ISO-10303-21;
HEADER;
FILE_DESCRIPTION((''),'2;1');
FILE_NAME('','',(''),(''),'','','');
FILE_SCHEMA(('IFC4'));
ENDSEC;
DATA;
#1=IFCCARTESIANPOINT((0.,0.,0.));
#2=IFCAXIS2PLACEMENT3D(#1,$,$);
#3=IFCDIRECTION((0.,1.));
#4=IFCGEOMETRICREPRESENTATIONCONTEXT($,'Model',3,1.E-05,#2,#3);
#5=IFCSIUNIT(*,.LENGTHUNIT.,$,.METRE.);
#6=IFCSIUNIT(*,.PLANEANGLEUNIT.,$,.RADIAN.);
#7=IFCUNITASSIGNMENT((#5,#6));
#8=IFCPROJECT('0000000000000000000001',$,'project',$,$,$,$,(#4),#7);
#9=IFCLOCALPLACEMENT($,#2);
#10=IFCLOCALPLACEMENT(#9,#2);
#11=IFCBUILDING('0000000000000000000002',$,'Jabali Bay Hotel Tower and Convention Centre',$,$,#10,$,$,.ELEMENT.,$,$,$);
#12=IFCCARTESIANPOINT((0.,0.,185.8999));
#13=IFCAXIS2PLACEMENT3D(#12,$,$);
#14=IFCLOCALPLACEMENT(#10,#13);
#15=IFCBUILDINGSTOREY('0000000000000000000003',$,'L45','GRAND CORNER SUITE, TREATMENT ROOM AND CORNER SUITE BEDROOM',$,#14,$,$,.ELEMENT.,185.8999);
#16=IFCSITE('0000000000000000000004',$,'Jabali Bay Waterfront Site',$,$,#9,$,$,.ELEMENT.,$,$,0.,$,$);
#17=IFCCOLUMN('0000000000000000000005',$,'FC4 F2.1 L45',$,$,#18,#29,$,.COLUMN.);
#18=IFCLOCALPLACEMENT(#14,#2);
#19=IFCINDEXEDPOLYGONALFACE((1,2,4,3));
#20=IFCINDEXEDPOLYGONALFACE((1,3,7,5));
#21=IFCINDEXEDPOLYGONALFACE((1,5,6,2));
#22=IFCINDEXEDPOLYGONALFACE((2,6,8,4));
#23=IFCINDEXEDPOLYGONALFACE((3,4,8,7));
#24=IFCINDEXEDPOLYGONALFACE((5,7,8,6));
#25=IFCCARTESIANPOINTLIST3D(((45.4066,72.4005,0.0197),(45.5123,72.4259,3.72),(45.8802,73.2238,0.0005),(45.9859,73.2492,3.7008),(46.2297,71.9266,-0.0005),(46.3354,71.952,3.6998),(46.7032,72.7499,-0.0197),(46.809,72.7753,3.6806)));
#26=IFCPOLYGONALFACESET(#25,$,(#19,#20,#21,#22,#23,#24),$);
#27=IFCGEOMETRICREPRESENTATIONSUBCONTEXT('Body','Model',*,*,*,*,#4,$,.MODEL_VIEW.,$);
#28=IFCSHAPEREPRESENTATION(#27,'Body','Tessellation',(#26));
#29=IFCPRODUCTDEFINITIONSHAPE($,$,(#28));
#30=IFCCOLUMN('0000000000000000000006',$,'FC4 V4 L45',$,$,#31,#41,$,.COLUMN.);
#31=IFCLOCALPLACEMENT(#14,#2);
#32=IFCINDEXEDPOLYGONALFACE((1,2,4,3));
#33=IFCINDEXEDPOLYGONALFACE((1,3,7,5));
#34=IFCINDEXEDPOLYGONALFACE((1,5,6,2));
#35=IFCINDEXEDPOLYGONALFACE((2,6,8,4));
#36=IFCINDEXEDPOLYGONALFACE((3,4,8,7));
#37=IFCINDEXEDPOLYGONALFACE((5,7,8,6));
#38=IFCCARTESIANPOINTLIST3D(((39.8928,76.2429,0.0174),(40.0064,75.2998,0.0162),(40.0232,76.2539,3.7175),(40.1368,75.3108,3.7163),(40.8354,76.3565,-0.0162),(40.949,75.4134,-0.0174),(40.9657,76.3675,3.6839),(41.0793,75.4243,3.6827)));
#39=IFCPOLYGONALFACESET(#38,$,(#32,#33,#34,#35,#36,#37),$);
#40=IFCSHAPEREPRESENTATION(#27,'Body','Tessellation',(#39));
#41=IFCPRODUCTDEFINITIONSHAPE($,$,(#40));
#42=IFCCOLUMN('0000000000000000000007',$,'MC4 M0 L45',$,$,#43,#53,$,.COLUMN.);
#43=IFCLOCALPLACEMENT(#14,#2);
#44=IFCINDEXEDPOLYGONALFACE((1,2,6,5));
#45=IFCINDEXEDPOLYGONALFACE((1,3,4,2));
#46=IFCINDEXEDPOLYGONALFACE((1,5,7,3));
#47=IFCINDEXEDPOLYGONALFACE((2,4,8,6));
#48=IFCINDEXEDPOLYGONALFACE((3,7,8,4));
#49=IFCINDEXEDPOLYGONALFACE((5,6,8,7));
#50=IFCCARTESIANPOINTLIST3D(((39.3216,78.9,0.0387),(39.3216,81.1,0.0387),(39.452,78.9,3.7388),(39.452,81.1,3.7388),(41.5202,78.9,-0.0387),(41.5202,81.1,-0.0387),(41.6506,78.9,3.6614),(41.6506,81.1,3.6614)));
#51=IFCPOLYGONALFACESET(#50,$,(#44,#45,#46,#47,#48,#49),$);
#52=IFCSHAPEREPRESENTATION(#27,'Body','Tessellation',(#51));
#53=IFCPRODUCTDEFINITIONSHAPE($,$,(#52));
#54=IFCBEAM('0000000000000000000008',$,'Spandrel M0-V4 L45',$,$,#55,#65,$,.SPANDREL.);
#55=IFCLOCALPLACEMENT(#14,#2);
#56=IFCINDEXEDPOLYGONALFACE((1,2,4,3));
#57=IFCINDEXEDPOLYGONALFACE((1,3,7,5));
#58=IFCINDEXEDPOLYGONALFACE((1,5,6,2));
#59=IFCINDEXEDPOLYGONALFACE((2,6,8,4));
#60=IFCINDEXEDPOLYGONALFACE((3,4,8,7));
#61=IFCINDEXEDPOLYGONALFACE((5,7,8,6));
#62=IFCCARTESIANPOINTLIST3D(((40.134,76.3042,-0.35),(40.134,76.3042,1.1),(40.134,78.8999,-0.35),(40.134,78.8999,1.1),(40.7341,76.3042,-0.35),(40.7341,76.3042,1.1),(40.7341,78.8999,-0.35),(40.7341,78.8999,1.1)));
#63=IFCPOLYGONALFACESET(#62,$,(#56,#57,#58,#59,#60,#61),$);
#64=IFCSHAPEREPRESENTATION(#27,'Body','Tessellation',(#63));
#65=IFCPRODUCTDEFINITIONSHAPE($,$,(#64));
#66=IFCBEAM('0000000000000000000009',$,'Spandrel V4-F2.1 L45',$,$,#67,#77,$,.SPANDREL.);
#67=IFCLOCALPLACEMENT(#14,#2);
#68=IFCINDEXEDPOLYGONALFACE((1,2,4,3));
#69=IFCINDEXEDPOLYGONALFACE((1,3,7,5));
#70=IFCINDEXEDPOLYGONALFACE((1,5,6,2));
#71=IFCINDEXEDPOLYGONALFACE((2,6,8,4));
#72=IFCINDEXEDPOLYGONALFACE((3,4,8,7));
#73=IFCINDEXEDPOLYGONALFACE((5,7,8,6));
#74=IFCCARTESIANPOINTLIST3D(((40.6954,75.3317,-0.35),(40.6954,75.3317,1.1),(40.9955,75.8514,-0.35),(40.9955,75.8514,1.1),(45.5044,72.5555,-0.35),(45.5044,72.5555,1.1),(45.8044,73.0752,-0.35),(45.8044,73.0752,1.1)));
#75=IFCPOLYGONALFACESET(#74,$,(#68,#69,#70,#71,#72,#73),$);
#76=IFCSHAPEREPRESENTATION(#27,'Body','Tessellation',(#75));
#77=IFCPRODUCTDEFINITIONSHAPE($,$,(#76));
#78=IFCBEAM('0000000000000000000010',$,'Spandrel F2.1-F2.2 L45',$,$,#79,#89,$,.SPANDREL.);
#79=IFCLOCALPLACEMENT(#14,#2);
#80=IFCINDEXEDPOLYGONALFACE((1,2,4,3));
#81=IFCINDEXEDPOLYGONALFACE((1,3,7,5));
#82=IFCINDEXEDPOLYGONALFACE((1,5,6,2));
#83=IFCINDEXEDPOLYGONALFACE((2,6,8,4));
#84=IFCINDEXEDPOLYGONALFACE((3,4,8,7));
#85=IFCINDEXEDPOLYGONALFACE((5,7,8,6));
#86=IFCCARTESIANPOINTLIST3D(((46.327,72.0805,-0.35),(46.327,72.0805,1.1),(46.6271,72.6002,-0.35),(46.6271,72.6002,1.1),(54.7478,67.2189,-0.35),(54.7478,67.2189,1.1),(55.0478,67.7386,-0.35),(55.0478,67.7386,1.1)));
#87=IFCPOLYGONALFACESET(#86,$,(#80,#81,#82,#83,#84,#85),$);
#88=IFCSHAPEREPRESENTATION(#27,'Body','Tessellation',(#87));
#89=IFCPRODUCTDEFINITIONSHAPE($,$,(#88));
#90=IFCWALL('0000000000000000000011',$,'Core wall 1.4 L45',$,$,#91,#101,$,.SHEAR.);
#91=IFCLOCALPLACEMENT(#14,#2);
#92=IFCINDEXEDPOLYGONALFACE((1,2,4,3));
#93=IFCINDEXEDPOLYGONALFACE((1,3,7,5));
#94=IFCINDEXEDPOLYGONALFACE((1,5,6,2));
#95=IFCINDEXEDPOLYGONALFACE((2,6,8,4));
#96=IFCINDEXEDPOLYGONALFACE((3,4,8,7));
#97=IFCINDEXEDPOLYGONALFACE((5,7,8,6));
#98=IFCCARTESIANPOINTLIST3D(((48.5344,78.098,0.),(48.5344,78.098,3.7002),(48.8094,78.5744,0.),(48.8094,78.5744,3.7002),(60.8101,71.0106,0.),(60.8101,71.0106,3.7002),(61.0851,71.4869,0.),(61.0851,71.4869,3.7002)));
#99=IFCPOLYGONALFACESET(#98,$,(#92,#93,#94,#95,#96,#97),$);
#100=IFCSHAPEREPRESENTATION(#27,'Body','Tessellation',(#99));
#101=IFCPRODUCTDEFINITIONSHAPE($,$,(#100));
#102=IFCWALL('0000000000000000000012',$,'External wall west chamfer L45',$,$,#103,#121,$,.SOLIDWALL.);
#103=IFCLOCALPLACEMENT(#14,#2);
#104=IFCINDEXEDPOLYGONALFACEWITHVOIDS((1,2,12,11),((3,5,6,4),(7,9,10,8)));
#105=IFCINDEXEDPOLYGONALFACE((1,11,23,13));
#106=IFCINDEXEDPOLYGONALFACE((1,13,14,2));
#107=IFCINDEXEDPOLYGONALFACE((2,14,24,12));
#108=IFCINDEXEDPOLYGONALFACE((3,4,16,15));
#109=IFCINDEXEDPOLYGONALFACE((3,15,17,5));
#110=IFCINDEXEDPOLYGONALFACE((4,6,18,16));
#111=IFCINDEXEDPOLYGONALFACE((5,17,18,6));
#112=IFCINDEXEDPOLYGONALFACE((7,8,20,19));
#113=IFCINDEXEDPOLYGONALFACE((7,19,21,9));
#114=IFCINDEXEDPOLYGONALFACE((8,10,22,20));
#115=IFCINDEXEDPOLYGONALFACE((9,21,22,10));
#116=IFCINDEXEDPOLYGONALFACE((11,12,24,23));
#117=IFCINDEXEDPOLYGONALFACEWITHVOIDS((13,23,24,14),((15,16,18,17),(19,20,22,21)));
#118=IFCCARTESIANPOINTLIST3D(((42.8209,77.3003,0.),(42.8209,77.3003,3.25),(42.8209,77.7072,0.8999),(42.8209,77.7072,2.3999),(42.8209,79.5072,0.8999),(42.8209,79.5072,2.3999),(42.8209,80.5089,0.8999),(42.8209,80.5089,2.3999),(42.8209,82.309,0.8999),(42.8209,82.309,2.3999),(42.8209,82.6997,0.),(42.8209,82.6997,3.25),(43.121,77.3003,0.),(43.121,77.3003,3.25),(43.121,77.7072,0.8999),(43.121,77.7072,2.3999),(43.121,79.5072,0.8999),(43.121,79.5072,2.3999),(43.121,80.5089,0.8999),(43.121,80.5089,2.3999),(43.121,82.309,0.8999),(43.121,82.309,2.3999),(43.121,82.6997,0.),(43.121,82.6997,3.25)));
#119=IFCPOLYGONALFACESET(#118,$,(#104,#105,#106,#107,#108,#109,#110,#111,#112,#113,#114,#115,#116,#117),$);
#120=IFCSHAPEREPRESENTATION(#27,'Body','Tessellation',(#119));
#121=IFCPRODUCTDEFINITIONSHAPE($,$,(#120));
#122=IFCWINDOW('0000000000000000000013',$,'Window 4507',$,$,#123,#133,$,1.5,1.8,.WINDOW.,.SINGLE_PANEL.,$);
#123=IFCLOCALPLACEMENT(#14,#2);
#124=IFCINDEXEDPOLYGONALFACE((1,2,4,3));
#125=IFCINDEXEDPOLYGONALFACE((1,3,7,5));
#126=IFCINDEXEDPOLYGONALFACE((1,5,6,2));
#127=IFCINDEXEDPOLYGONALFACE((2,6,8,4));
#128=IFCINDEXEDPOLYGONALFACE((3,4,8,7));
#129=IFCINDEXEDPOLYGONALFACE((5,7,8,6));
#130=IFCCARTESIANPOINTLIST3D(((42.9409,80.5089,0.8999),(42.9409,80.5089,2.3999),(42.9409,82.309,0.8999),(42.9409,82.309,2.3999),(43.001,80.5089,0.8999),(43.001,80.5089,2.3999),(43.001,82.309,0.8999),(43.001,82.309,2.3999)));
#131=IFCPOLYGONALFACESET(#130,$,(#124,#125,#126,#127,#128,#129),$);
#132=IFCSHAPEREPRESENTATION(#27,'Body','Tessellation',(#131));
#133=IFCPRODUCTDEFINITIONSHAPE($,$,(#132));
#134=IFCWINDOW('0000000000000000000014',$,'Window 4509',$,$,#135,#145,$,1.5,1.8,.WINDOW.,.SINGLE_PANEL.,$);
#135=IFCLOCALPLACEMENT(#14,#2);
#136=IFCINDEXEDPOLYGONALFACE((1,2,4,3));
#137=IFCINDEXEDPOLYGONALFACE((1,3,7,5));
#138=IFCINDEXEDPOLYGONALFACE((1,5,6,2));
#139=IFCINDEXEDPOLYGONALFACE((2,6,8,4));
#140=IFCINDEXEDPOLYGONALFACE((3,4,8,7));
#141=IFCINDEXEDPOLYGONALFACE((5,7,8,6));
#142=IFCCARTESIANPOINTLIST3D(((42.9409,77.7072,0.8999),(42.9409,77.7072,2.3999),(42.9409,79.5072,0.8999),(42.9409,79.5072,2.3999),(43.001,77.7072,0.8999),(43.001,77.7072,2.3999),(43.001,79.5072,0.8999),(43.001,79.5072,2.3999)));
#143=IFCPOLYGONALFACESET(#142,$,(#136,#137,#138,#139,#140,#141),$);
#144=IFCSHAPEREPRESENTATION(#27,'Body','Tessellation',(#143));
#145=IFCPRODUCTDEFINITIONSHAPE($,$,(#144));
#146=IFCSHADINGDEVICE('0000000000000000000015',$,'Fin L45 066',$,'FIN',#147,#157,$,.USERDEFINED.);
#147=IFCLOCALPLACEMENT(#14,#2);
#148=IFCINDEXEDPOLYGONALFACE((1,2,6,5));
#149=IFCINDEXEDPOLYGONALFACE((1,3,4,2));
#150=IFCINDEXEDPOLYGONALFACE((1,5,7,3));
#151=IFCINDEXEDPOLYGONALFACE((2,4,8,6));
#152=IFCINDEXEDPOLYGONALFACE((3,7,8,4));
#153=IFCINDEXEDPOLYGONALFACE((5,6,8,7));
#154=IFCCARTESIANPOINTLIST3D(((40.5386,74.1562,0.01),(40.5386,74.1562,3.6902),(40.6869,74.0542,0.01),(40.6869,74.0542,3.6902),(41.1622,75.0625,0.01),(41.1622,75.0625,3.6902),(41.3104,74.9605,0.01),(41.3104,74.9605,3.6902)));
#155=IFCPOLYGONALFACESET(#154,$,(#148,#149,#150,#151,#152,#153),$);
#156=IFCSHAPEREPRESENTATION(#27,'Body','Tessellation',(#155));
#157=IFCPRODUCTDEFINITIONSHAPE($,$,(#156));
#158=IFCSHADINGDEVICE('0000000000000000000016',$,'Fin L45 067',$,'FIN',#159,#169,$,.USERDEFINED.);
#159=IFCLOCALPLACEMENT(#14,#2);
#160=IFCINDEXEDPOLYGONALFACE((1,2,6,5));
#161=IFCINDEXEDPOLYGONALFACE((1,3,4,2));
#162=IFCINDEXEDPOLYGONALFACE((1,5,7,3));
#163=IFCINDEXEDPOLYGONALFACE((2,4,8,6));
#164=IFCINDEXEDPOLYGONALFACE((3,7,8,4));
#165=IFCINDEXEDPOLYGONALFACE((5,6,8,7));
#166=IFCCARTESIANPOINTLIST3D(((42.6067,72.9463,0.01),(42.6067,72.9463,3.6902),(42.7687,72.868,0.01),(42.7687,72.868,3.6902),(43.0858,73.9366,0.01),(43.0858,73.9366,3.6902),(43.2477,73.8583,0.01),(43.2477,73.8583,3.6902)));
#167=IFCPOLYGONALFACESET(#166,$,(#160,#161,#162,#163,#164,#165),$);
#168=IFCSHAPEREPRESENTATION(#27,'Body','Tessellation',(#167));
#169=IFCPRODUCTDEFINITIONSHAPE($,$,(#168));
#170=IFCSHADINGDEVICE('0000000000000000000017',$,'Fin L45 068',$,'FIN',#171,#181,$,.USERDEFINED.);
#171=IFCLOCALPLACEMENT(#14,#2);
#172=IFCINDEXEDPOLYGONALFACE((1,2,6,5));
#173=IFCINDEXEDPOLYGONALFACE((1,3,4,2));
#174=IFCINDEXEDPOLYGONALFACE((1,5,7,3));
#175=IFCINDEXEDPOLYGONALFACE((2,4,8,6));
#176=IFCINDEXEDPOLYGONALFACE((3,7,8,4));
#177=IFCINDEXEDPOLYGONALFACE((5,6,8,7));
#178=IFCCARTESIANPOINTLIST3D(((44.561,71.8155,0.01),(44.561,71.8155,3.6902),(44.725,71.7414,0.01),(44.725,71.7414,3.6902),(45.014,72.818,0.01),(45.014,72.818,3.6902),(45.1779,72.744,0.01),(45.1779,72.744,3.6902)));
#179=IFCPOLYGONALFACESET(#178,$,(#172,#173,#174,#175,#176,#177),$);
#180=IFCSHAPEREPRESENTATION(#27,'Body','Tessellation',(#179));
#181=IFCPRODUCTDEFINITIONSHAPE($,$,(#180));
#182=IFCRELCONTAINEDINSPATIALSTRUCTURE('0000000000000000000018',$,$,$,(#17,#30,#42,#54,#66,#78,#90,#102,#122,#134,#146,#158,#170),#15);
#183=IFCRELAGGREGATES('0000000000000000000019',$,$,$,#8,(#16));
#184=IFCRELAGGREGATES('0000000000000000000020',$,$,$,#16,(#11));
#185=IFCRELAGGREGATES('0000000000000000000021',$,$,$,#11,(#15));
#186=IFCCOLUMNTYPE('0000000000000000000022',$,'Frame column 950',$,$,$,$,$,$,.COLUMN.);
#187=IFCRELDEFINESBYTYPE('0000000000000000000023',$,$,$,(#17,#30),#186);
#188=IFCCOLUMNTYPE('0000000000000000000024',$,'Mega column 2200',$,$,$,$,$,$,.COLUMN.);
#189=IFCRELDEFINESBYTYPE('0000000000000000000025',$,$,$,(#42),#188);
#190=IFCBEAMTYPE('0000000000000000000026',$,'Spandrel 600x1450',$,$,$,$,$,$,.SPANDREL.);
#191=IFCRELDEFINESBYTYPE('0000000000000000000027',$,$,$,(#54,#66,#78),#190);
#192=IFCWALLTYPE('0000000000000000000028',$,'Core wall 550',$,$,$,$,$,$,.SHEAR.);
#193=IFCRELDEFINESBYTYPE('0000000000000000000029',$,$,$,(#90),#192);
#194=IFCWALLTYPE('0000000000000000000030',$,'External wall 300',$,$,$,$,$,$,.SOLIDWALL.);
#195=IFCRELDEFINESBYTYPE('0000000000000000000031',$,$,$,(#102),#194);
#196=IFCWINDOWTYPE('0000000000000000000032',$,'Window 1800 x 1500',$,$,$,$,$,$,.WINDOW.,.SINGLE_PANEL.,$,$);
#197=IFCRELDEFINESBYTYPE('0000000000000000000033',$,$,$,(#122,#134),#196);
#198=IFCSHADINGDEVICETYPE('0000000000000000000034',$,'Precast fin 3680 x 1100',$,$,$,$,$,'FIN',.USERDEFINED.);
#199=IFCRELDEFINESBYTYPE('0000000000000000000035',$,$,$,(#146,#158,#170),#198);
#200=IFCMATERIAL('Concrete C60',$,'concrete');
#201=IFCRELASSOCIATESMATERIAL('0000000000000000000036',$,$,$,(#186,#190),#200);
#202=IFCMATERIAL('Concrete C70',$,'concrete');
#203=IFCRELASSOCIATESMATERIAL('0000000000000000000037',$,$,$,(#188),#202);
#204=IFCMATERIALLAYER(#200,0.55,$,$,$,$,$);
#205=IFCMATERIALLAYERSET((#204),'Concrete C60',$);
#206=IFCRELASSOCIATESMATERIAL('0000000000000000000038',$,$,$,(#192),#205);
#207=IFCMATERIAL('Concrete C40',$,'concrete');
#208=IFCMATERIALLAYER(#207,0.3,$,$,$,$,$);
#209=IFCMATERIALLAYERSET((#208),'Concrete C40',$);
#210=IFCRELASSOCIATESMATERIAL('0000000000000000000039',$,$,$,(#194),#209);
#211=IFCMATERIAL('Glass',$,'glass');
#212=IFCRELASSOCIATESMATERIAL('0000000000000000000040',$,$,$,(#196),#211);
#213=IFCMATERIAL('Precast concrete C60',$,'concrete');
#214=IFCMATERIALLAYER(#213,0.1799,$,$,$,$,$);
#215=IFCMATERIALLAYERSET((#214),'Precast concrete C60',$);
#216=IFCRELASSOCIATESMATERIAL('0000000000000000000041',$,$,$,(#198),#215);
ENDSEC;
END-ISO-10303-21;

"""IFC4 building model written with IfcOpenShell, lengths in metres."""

from ifc_helpers import new_model, si_unit, direction, frame, frame_2d, origin, origin_2d, place, context, subcontext, project, spatial, rectangle, extrude, material, layer, layer_set, material_profile, profile_set, type_object, element, fill, save


model = new_model("IFC4")

# Units and contexts
model_context = context("Model", 3, precision=1e-05, world=origin(), true_north=direction((0.0, 1.0)))
body_context = subcontext(model_context, "Body", "Model", "MODEL_VIEW")
ifc_project = project(units=[si_unit("LENGTHUNIT", "METRE"), si_unit("PLANEANGLEUNIT", "RADIAN")], contexts=[model_context])

# Site, building, storey
site_placement = place(None, origin())
site = spatial("IfcSite", under=ifc_project, at=site_placement, Name="Jabali Bay Waterfront Site", CompositionType="ELEMENT", RefElevation=0.0)
building_placement = place(site_placement, origin())
building = spatial("IfcBuilding", under=site, at=building_placement, Name="Jabali Bay Hotel Tower and Convention Centre", CompositionType="ELEMENT")
storey_placement = place(building_placement, frame((0.0, 0.0, 185.8999)))
storey = spatial("IfcBuildingStorey", under=building, at=storey_placement, Name="L45", Description="GRAND CORNER SUITE, TREATMENT ROOM AND CORNER SUITE BEDROOM", CompositionType="ELEMENT", Elevation=185.8999)

# Columns
ifc_material_1 = material(Name="Concrete C60", Category="concrete")
ifc_material_profile_1 = material_profile(ifc_material_1, rectangle(XDim=0.95, YDim=0.95, at=origin_2d()), Name="Frame column 950")
ifc_profile_set_1 = profile_set([ifc_material_profile_1], Name="Concrete C60")
column_type_1 = type_object("IfcColumnType", Name="Frame column 950", PredefinedType="COLUMN", material=ifc_profile_set_1)
column_1_placement = place(storey_placement, frame((46.0549, 72.5752, 0.0), z_axis=(0.028557, 0.006859, 0.999569), x_axis=(-0.86641, 0.498877, 0.02133)))
element("IfcColumn", 1, at=column_1_placement, inside=storey, type_object=column_type_1, Name="FC4 F2.1 L45", PredefinedType="COLUMN", context=body_context, shape_type="SweptSolid", body=[
    extrude(rectangle(XDim=0.95, YDim=0.95, at=origin_2d()), origin(), (0.0, 0.0, 1.0), 3.7019),
])
column_2_placement = place(storey_placement, frame((40.4209, 75.8281, 0.0), z_axis=(0.035212, 0.002967, 0.999375), x_axis=(-0.119605, 0.992821, 0.001266)))
element("IfcColumn", 2, at=column_2_placement, inside=storey, type_object=column_type_1, Name="FC4 V4 L45", PredefinedType="COLUMN", context=body_context, shape_type="SweptSolid", body=[
    extrude(rectangle(XDim=0.95, YDim=0.95, at=origin_2d()), origin(), (0.0, 0.0, 1.0), 3.7024),
])
ifc_material_2 = material(Name="Concrete C70", Category="concrete")
ifc_material_profile_2 = material_profile(ifc_material_2, rectangle(XDim=2.2, YDim=2.2, at=origin_2d()), Name="Mega column 2200")
ifc_profile_set_2 = profile_set([ifc_material_profile_2], Name="Concrete C70")
column_type_2 = type_object("IfcColumnType", Name="Mega column 2200", PredefinedType="COLUMN", material=ifc_profile_set_2)
column_3_placement = place(storey_placement, frame((40.4209, 80.0, 0.0), z_axis=(0.035212, 0.0, 0.99938), x_axis=(0.0, 1.0, 0.0)))
element("IfcColumn", 3, at=column_3_placement, inside=storey, type_object=column_type_2, Name="MC4 M0 L45", PredefinedType="COLUMN", context=body_context, shape_type="SweptSolid", body=[
    extrude(rectangle(XDim=2.2, YDim=2.2, at=origin_2d()), origin(), (0.0, 0.0, 1.0), 3.7024),
])

# Beams
ifc_material_profile_3 = material_profile(ifc_material_1, rectangle(XDim=0.6001, YDim=1.45, at=origin_2d()), Name="Spandrel 600x1450")
ifc_profile_set_3 = profile_set([ifc_material_profile_3], Name="Concrete C60")
beam_type = type_object("IfcBeamType", Name="Spandrel 600x1450", PredefinedType="SPANDREL", material=ifc_profile_set_3)
beam_1_placement = place(storey_placement, frame((40.4341, 78.8999, 0.375), z_axis=(0.0, -1.0, 0.0), x_axis=(1.0, 0.0, 0.0)))
element("IfcBeam", 4, at=beam_1_placement, inside=storey, type_object=beam_type, Name="Spandrel M0-V4 L45", PredefinedType="SPANDREL", context=body_context, shape_type="SweptSolid", body=[
    extrude(rectangle(XDim=0.6001, YDim=1.45, at=origin_2d()), origin(), (0.0, 0.0, 1.0), 2.5957),
])
beam_2_placement = place(storey_placement, frame((40.8455, 75.5916, 0.375), z_axis=(0.866046, -0.499965, 0.0), x_axis=(0.499965, 0.866046, 0.0)))
element("IfcBeam", 5, at=beam_2_placement, inside=storey, type_object=beam_type, Name="Spandrel V4-F2.1 L45", PredefinedType="SPANDREL", context=body_context, shape_type="SweptSolid", body=[
    extrude(rectangle(XDim=0.6001, YDim=1.45, at=origin_2d()), origin(), (0.0, 0.0, 1.0), 5.5527),
])
beam_3_placement = place(storey_placement, frame((46.4771, 72.3403, 0.375), z_axis=(0.86603, -0.499993, 0.0), x_axis=(0.499993, 0.86603, 0.0)))
element("IfcBeam", 6, at=beam_3_placement, inside=storey, type_object=beam_type, Name="Spandrel F2.1-F2.2 L45", PredefinedType="SPANDREL", context=body_context, shape_type="SweptSolid", body=[
    extrude(rectangle(XDim=0.6001, YDim=1.45, at=origin_2d()), origin(), (0.0, 0.0, 1.0), 9.7234),
])

# Wall
ifc_layer_1 = layer(ifc_material_1, 0.55)
ifc_layer_set_1 = layer_set([ifc_layer_1], Name="Concrete C60")
wall_type_1 = type_object("IfcWallType", Name="Core wall 550", PredefinedType="SHEAR", material=ifc_layer_set_1)
wall_1_placement = place(storey_placement, frame((48.6719, 78.3362, 0.0), z_axis=(0.0, 0.0, 1.0), x_axis=(0.866024, -0.500003, 0.0)))
element("IfcWall", 7, at=wall_1_placement, inside=storey, type_object=wall_type_1, Name="Core wall 1.4 L45", PredefinedType="SHEAR", context=body_context, shape_type="SweptSolid", body=[
    extrude(rectangle(XDim=14.1748, YDim=0.55, at=frame_2d((7.0874, 0.0))), origin(), (0.0, 0.0, 1.0), 3.7002),
])

# Wall, openings, windows
ifc_material_3 = material(Name="Concrete C40", Category="concrete")
ifc_layer_2 = layer(ifc_material_3, 0.3)
ifc_layer_set_2 = layer_set([ifc_layer_2], Name="Concrete C40")
wall_type_2 = type_object("IfcWallType", Name="External wall 300", PredefinedType="SOLIDWALL", material=ifc_layer_set_2)
wall_2_placement = place(storey_placement, frame((42.9709, 77.3003, 0.0), z_axis=(0.0, 0.0, 1.0), x_axis=(0.0, 1.0, 0.0)))
wall_2 = element("IfcWall", 8, at=wall_2_placement, inside=storey, type_object=wall_type_2, Name="External wall west chamfer L45", PredefinedType="SOLIDWALL", context=body_context, shape_type="SweptSolid", body=[
    extrude(rectangle(XDim=5.3994, YDim=0.3, at=frame_2d((2.6997, 0.0))), origin(), (0.0, 0.0, 1.0), 3.25),
])
opening_1_placement = place(wall_2_placement, frame((3.2087, 0.0, 0.8999)))
opening_1 = element("IfcOpeningElement", 9, at=opening_1_placement, cuts=wall_2, PredefinedType="OPENING", context=body_context, shape_type="SweptSolid", body=[
    extrude(rectangle(XDim=1.8, YDim=1.5, at=frame_2d((0.8999, 0.75))), frame((0.0, 0.1606, 0.0), z_axis=(0.0, -1.0, 0.0), x_axis=(1.0, 0.0, 0.0)), (0.0, 0.0, 1.0), 0.321),
])
opening_2_placement = place(wall_2_placement, frame((0.407, 0.0, 0.8999)))
opening_2 = element("IfcOpeningElement", 10, at=opening_2_placement, cuts=wall_2, PredefinedType="OPENING", context=body_context, shape_type="SweptSolid", body=[
    extrude(rectangle(XDim=1.8, YDim=1.5, at=frame_2d((0.8999, 0.75))), frame((0.0, 0.1606, 0.0), z_axis=(0.0, -1.0, 0.0), x_axis=(1.0, 0.0, 0.0)), (0.0, 0.0, 1.0), 0.321),
])
ifc_material_4 = material(Name="Glass", Category="glass")
window_type = type_object("IfcWindowType", Name="Window 1800 x 1500", PartitioningType="SINGLE_PANEL", PredefinedType="WINDOW", material=ifc_material_4)
window_1_placement = place(opening_1_placement, origin())
window_1 = element("IfcWindow", 11, at=window_1_placement, inside=storey, type_object=window_type, Name="Window 4507", OverallHeight=1.5, OverallWidth=1.8, PartitioningType="SINGLE_PANEL", PredefinedType="WINDOW", context=body_context, shape_type="SweptSolid", body=[
    extrude(rectangle(XDim=1.8, YDim=1.5, at=frame_2d((0.8999, 0.75))), frame((0.0, 0.03, 0.0), z_axis=(0.0, -1.0, 0.0), x_axis=(1.0, 0.0, 0.0)), (0.0, 0.0, 1.0), 0.0601),
])
fill(opening_1, window_1)
window_2_placement = place(opening_2_placement, origin())
window_2 = element("IfcWindow", 12, at=window_2_placement, inside=storey, type_object=window_type, Name="Window 4509", OverallHeight=1.5, OverallWidth=1.8, PartitioningType="SINGLE_PANEL", PredefinedType="WINDOW", context=body_context, shape_type="SweptSolid", body=[
    extrude(rectangle(XDim=1.8, YDim=1.5, at=frame_2d((0.8999, 0.75))), frame((0.0, 0.03, 0.0), z_axis=(0.0, -1.0, 0.0), x_axis=(1.0, 0.0, 0.0)), (0.0, 0.0, 1.0), 0.0601),
])
fill(opening_2, window_2)

# Shading devices
ifc_material_5 = material(Name="Precast concrete C60", Category="concrete")
ifc_layer_3 = layer(ifc_material_5, 0.1799)
ifc_layer_set_3 = layer_set([ifc_layer_3], Name="Precast concrete C60")
shading_device_type_1 = type_object("IfcShadingDeviceType", Name="Precast fin 3680 x 1100", ElementType="FIN", PredefinedType="USERDEFINED", material=ifc_layer_set_3)
for number, where, z_axis, x_axis, name in (
    (13, (41.2363, 75.0115, 0.01), (0.0, 0.0, 1.0), (-0.56683, -0.823835, 0.0), "Fin L45 066"),
    (14, (43.1667, 73.8975, 0.01), (0.0, 0.0, 1.0), (-0.435457, -0.90021, 0.0), "Fin L45 067"),
    (15, (45.0959, 72.781, 0.01), (0.0, 0.0, 1.0), (-0.411712, -0.911314, 0.0), "Fin L45 068"),
):
    element("IfcShadingDevice", number, at=place(storey_placement, frame(where, z_axis=z_axis, x_axis=x_axis)), inside=storey, type_object=shading_device_type_1, Name=name, ObjectType="FIN", PredefinedType="USERDEFINED", context=body_context, shape_type="SweptSolid", body=[
        extrude(rectangle(XDim=1.1001, YDim=0.1799, at=frame_2d((0.55, 0.0))), origin(), (0.0, 0.0, 1.0), 3.6802),
    ])

save(model, "model.ifc")
